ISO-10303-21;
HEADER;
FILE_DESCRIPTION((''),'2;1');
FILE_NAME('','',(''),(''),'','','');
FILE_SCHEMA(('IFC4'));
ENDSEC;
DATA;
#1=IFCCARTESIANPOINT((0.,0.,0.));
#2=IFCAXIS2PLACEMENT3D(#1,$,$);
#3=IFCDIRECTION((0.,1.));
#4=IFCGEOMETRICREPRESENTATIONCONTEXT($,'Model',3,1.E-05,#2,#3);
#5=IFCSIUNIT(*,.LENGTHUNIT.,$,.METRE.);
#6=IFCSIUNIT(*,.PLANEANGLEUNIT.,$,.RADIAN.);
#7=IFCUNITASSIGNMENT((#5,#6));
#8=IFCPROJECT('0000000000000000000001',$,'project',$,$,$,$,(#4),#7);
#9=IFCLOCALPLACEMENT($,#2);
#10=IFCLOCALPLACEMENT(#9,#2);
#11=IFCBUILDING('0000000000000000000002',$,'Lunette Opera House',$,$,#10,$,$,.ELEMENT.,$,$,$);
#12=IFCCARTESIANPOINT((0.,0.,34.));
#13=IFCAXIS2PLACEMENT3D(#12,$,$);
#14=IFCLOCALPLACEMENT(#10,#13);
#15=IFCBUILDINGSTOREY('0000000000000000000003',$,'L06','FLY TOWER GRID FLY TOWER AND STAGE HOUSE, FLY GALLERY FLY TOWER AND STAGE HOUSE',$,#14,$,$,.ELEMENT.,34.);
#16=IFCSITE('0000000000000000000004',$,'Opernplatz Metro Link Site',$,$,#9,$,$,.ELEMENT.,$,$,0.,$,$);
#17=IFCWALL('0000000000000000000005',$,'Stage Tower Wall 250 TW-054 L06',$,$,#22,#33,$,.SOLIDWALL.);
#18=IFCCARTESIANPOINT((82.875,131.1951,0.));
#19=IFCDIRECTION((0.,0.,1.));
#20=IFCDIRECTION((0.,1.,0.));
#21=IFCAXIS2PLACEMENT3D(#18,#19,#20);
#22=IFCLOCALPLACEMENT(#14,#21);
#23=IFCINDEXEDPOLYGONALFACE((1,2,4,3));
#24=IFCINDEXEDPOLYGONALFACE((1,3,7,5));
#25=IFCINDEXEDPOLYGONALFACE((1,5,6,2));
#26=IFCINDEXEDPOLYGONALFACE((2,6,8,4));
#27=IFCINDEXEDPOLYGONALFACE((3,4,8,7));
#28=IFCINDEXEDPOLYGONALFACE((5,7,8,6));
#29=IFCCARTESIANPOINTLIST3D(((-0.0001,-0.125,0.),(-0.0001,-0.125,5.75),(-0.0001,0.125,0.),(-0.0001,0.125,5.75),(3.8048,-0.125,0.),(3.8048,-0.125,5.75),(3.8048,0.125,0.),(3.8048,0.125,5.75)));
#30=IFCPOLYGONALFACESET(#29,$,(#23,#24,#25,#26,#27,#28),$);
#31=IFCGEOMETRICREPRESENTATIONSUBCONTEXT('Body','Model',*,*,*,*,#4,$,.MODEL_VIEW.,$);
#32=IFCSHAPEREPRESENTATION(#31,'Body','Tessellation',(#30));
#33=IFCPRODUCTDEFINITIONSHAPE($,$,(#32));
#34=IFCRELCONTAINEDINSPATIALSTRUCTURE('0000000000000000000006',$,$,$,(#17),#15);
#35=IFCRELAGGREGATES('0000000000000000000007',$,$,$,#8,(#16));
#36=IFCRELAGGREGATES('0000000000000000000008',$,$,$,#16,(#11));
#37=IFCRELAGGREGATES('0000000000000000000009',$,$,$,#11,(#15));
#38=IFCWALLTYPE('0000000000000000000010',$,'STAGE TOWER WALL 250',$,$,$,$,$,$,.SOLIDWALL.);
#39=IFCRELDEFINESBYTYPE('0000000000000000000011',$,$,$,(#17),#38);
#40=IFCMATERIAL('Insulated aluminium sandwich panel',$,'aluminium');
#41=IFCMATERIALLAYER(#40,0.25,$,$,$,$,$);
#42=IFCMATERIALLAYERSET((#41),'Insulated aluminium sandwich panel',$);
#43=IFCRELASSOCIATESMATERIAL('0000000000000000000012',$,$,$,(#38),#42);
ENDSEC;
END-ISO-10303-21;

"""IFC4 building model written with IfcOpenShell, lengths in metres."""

from ifc_helpers import new_model, si_unit, direction, frame, frame_2d, origin, place, context, subcontext, project, spatial, rectangle, extrude, material, layer, layer_set, type_object, element, save


model = new_model("IFC4")

# Units and contexts
model_context = context("Model", 3, precision=1e-05, world=origin(), true_north=direction((0.0, 1.0)))
body_context = subcontext(model_context, "Body", "Model", "MODEL_VIEW")
ifc_project = project(units=[si_unit("LENGTHUNIT", "METRE"), si_unit("PLANEANGLEUNIT", "RADIAN")], contexts=[model_context])

# Site, building, storey
site_placement = place(None, origin())
site = spatial("IfcSite", under=ifc_project, at=site_placement, Name="Opernplatz Metro Link Site", CompositionType="ELEMENT", RefElevation=0.0)
building_placement = place(site_placement, origin())
building = spatial("IfcBuilding", under=site, at=building_placement, Name="Lunette Opera House", CompositionType="ELEMENT")
storey_placement = place(building_placement, frame((0.0, 0.0, 34.0)))
storey = spatial("IfcBuildingStorey", under=building, at=storey_placement, Name="L06", Description="FLY TOWER GRID FLY TOWER AND STAGE HOUSE, FLY GALLERY FLY TOWER AND STAGE HOUSE", CompositionType="ELEMENT", Elevation=34.0)

# Wall
ifc_material_1 = material(Name="Insulated aluminium sandwich panel", Category="aluminium")
ifc_layer_1 = layer(ifc_material_1, 0.25)
ifc_layer_set_1 = layer_set([ifc_layer_1], Name="Insulated aluminium sandwich panel")
wall_type_1 = type_object("IfcWallType", Name="STAGE TOWER WALL 250", PredefinedType="SOLIDWALL", material=ifc_layer_set_1)
wall_1_placement = place(storey_placement, frame((82.875, 131.1951, 0.0), z_axis=(0.0, 0.0, 1.0), x_axis=(0.0, 1.0, 0.0)))
element("IfcWall", 1, at=wall_1_placement, inside=storey, type_object=wall_type_1, Name="Stage Tower Wall 250 TW-054 L06", PredefinedType="SOLIDWALL", context=body_context, shape_type="SweptSolid", body=[
    extrude(rectangle(XDim=3.8049, YDim=0.25, at=frame_2d((1.9023, 0.0))), origin(), (0.0, 0.0, 1.0), 5.75),
])

save(model, "model.ifc")
